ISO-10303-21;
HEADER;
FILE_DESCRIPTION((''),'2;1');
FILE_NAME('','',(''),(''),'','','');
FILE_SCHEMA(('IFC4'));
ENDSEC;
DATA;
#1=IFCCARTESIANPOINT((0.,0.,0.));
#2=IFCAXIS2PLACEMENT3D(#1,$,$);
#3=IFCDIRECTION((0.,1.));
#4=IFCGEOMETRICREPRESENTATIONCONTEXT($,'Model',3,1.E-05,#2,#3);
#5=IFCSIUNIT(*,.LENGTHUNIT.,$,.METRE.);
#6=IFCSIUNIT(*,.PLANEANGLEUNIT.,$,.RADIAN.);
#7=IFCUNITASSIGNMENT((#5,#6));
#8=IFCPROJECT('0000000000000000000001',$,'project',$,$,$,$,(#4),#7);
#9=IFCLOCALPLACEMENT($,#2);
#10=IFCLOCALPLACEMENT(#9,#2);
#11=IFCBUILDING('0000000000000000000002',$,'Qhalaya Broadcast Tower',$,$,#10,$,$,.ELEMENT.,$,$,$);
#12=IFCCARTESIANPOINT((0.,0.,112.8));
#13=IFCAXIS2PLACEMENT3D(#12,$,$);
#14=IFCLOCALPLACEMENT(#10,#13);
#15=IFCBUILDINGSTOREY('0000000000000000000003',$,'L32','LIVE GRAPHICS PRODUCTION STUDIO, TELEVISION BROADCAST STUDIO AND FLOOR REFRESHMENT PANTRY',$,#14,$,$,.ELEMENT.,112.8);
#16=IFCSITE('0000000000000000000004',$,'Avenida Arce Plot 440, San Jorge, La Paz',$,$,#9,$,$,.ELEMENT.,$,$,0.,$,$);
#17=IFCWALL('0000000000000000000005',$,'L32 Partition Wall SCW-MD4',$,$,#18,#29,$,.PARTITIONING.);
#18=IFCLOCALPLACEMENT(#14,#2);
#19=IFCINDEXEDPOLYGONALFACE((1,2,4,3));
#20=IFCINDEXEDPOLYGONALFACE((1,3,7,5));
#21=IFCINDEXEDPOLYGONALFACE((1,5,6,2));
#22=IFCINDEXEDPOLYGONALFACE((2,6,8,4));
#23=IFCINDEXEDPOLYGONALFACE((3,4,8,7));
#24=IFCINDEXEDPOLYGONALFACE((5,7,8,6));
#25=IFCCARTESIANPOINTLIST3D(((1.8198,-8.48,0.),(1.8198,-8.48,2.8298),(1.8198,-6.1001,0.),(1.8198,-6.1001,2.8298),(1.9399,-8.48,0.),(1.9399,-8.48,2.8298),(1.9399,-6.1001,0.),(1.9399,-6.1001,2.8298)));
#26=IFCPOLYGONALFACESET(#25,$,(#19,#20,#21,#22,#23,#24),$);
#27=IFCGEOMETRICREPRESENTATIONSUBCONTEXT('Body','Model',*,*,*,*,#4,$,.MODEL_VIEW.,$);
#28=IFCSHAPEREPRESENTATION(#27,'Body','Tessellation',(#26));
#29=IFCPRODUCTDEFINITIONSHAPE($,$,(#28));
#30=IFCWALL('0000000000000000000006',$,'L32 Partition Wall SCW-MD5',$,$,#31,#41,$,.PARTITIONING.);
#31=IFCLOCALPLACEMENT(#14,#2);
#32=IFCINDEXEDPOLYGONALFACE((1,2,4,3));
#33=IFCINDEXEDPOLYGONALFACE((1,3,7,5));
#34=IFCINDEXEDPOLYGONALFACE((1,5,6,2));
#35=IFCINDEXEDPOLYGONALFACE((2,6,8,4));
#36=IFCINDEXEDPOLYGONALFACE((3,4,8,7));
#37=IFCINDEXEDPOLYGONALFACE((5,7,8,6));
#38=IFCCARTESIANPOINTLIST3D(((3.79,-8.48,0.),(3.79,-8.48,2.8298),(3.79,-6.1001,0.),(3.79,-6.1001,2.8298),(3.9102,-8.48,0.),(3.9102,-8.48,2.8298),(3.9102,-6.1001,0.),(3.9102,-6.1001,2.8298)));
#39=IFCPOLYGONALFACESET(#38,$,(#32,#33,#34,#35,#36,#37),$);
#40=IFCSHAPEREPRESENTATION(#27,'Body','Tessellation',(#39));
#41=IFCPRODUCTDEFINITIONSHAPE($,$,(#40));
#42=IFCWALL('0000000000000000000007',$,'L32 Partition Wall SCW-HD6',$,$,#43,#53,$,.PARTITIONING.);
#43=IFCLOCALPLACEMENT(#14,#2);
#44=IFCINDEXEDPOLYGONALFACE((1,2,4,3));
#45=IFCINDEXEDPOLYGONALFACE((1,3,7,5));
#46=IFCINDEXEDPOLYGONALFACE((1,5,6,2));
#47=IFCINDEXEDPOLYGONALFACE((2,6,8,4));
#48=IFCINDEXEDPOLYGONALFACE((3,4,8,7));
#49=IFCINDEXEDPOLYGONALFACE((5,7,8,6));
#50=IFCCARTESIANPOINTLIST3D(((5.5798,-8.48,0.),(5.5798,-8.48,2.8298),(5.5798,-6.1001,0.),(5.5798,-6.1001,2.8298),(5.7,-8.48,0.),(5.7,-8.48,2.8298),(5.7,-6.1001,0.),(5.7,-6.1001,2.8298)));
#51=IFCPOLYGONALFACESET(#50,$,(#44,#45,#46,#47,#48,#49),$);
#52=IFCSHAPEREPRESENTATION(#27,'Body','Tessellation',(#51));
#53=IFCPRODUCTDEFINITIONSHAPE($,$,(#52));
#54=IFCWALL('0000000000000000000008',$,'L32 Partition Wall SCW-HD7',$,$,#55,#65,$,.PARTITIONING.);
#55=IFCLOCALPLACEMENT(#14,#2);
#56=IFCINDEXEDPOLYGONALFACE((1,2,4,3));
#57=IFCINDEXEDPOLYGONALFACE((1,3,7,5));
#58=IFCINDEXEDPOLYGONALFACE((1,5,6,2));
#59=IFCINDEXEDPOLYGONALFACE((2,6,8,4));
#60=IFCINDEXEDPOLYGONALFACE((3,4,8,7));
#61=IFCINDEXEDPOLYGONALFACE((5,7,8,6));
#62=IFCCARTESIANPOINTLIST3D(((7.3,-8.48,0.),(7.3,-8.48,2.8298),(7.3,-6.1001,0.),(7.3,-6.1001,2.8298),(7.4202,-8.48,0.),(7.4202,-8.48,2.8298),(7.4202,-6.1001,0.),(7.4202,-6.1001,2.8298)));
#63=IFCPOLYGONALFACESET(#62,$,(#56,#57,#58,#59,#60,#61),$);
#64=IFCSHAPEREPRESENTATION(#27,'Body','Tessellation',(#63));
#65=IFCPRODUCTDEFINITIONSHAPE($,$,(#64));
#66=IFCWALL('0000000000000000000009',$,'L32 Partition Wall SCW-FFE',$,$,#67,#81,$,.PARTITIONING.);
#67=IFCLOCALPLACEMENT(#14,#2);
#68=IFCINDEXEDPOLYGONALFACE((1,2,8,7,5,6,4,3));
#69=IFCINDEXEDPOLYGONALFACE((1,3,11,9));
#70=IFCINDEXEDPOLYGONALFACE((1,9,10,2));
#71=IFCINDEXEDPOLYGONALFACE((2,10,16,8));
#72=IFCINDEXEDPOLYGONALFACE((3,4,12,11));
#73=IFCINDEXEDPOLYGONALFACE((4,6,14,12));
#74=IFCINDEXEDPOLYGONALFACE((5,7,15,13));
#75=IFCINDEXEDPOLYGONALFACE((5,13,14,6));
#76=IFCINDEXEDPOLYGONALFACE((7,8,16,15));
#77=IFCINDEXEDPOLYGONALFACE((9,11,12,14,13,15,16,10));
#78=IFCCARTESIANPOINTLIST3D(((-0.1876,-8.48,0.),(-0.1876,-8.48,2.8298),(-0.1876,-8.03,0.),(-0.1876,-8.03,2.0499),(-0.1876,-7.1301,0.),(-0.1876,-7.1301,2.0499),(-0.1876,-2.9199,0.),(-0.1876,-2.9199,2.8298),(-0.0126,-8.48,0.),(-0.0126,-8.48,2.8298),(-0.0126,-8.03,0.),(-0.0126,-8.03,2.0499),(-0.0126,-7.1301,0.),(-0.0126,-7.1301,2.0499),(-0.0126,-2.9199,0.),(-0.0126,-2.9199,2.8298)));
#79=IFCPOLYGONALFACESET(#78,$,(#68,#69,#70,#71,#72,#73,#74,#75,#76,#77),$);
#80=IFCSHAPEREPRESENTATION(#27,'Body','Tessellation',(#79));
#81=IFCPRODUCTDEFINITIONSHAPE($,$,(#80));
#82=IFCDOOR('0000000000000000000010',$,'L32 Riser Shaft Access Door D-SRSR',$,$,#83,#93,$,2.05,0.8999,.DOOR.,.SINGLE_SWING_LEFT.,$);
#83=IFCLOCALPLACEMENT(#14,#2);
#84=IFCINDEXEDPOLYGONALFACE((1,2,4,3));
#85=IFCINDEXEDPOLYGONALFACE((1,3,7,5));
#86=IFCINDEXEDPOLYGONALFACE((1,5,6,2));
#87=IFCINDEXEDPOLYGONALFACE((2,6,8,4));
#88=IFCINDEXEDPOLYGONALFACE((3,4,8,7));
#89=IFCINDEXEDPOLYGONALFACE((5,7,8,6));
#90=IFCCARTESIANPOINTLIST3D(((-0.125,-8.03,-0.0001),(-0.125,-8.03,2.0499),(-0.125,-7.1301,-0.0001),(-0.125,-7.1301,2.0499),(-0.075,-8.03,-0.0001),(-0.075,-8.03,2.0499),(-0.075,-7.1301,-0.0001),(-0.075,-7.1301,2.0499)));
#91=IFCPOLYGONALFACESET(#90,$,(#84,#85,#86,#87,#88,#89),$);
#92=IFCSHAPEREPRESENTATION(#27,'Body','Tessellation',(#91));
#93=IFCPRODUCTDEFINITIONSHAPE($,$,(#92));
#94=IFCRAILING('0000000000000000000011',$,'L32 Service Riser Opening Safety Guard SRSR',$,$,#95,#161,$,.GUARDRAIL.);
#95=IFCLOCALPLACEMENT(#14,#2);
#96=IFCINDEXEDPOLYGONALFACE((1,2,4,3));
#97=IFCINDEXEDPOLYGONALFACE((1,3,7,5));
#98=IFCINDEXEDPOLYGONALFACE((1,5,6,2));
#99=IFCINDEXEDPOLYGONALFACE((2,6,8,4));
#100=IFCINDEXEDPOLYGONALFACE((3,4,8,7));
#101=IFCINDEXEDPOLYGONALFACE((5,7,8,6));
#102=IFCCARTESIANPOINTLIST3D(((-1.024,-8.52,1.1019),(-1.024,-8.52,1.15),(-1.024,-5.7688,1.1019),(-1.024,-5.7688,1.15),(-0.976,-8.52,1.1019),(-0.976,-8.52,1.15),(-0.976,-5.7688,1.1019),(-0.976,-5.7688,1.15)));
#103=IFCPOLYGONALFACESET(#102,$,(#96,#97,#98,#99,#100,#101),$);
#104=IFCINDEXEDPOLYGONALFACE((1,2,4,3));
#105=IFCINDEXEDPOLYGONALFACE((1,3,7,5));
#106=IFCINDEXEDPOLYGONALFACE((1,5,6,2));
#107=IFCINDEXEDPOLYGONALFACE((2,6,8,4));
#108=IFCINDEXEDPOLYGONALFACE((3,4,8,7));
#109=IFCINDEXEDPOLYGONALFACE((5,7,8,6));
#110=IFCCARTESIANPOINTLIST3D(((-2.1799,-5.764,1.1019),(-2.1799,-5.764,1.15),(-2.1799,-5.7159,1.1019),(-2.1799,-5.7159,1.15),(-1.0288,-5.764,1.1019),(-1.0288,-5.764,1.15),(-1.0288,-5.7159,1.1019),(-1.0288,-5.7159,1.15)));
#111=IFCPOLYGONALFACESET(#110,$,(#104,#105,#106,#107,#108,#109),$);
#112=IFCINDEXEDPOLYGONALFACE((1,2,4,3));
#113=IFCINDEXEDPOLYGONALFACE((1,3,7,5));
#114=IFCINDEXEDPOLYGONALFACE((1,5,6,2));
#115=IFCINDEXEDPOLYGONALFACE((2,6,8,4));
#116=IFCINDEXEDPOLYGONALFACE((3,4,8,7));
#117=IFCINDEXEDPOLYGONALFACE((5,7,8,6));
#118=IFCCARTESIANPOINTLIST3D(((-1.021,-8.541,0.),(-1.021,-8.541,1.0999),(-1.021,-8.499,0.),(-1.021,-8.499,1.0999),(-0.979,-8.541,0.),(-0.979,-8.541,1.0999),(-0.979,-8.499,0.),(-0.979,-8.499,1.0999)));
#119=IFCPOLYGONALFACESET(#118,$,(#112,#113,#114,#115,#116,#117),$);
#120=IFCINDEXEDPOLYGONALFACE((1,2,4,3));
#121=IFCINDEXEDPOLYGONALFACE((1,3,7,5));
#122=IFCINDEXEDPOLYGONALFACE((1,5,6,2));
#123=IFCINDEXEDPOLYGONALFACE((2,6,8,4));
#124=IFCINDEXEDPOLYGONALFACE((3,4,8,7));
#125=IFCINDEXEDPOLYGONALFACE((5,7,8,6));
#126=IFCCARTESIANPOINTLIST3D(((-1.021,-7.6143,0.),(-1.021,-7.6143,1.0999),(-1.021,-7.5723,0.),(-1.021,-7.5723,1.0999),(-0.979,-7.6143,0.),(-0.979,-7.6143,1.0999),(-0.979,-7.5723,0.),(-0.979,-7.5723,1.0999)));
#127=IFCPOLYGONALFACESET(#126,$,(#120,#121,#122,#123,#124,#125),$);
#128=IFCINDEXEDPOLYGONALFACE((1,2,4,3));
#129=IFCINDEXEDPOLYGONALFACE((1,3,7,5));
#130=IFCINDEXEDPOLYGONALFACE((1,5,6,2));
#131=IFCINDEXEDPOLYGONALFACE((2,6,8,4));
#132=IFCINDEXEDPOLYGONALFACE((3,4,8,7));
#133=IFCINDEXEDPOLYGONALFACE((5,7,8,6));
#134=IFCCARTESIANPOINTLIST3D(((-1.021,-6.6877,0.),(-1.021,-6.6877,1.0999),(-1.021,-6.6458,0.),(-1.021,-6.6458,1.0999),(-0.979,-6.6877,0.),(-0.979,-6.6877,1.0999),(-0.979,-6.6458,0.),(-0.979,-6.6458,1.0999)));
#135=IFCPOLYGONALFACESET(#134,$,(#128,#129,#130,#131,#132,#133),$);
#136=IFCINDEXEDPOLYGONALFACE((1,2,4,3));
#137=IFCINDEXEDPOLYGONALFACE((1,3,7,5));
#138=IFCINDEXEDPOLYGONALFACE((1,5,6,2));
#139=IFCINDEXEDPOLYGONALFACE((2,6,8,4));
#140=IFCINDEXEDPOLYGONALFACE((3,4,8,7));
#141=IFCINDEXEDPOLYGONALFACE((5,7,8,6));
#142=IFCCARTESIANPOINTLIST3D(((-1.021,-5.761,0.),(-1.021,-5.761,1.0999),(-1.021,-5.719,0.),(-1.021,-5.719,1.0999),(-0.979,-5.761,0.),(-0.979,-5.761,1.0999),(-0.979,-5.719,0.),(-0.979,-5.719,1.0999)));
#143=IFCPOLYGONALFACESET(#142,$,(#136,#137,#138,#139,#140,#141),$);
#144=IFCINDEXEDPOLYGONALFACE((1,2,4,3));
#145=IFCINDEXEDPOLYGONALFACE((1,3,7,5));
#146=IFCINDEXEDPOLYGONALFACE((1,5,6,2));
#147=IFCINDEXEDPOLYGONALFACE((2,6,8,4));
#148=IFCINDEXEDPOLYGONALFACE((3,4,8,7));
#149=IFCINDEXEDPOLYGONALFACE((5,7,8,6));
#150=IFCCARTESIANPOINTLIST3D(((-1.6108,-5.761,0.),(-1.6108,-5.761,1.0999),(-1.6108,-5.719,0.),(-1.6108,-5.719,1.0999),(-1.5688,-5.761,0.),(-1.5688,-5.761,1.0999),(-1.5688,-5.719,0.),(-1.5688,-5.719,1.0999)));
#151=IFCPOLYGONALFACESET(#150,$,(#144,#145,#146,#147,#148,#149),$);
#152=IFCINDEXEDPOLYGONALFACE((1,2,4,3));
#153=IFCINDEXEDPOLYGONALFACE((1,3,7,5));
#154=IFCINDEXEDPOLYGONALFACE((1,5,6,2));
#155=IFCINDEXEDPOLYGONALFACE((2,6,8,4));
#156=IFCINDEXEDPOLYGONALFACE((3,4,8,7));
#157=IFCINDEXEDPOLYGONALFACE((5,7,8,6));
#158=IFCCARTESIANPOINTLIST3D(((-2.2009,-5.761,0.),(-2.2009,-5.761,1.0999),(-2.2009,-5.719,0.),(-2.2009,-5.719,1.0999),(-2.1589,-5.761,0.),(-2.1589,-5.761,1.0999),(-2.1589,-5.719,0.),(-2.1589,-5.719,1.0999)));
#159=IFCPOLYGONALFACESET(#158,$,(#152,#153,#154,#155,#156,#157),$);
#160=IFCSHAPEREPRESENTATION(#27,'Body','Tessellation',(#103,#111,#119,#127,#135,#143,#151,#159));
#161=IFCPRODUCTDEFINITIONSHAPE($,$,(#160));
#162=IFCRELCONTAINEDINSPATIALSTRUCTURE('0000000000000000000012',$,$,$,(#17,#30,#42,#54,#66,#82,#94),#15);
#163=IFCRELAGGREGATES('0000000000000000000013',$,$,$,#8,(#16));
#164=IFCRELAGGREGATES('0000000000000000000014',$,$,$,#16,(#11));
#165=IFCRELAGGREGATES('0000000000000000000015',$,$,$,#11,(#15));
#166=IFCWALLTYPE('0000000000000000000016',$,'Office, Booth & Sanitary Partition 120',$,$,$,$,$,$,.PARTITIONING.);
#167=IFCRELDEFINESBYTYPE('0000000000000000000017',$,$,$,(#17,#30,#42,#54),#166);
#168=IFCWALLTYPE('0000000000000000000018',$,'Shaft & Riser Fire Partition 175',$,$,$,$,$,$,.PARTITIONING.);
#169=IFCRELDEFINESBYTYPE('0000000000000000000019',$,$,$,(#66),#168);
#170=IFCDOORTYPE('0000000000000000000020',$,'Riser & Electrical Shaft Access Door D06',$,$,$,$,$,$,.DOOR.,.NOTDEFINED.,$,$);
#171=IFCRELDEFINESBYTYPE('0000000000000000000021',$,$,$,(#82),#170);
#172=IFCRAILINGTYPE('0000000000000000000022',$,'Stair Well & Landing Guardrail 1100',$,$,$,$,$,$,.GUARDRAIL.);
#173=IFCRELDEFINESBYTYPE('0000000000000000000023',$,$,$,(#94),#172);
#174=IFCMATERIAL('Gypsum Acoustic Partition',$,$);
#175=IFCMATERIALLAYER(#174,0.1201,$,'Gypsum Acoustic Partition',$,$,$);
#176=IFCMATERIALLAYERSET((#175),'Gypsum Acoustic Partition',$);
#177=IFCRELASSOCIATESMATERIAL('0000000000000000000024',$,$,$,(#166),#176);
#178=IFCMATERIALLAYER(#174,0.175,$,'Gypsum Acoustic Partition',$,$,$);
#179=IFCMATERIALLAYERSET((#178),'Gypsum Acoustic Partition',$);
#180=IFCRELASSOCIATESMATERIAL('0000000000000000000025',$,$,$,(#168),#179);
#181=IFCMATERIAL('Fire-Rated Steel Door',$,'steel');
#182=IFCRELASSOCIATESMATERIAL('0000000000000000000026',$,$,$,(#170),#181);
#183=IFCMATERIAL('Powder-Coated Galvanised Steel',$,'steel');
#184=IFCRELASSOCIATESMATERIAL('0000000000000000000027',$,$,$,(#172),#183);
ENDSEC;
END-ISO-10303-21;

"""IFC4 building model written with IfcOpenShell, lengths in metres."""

from ifc_helpers import new_model, si_unit, direction, frame, frame_2d, origin, origin_2d, place, context, subcontext, project, spatial, rectangle, extrude, material, layer, layer_set, type_object, element, fill, save


model = new_model("IFC4")

# Units and contexts
model_context = context("Model", 3, precision=1e-05, world=origin(), true_north=direction((0.0, 1.0)))
body_context = subcontext(model_context, "Body", "Model", "MODEL_VIEW")
ifc_project = project(units=[si_unit("LENGTHUNIT", "METRE"), si_unit("PLANEANGLEUNIT", "RADIAN")], contexts=[model_context])

# Site, building, storey
site_placement = place(None, origin())
site = spatial("IfcSite", under=ifc_project, at=site_placement, Name="Avenida Arce Plot 440, San Jorge, La Paz", CompositionType="ELEMENT", RefElevation=0.0)
building_placement = place(site_placement, origin())
building = spatial("IfcBuilding", under=site, at=building_placement, Name="Qhalaya Broadcast Tower", CompositionType="ELEMENT")
storey_placement = place(building_placement, frame((0.0, 0.0, 112.8)))
storey = spatial("IfcBuildingStorey", under=building, at=storey_placement, Name="L32", Description="LIVE GRAPHICS PRODUCTION STUDIO, TELEVISION BROADCAST STUDIO AND FLOOR REFRESHMENT PANTRY", CompositionType="ELEMENT", Elevation=112.8)

# Walls
ifc_material_1 = material(Name="Gypsum Acoustic Partition")
ifc_layer_1 = layer(ifc_material_1, 0.1201, Name="Gypsum Acoustic Partition")
ifc_layer_set_1 = layer_set([ifc_layer_1], Name="Gypsum Acoustic Partition")
wall_type_1 = type_object("IfcWallType", Name="Office, Booth & Sanitary Partition 120", PredefinedType="PARTITIONING", material=ifc_layer_set_1)
for number, where, z_axis, x_axis, name in (
    (1, (1.8799, -8.48, 0.0), (0.0, 0.0, 1.0), (0.0, 1.0, 0.0), "L32 Partition Wall SCW-MD4"),
    (2, (3.8501, -8.48, 0.0), (0.0, 0.0, 1.0), (0.0, 1.0, 0.0), "L32 Partition Wall SCW-MD5"),
    (3, (5.6399, -8.48, 0.0), (0.0, 0.0, 1.0), (0.0, 1.0, 0.0), "L32 Partition Wall SCW-HD6"),
    (4, (7.3601, -8.48, 0.0), (0.0, 0.0, 1.0), (0.0, 1.0, 0.0), "L32 Partition Wall SCW-HD7"),
):
    element("IfcWall", number, at=place(storey_placement, frame(where, z_axis=z_axis, x_axis=x_axis)), inside=storey, type_object=wall_type_1, Name=name, PredefinedType="PARTITIONING", context=body_context, shape_type="SweptSolid", body=[
        extrude(rectangle(XDim=2.3799, YDim=0.1201, at=frame_2d((1.1899, 0.0))), origin(), (0.0, 0.0, 1.0), 2.8298),
    ])

# Wall, opening, door
ifc_layer_2 = layer(ifc_material_1, 0.175, Name="Gypsum Acoustic Partition")
ifc_layer_set_2 = layer_set([ifc_layer_2], Name="Gypsum Acoustic Partition")
wall_type_2 = type_object("IfcWallType", Name="Shaft & Riser Fire Partition 175", PredefinedType="PARTITIONING", material=ifc_layer_set_2)
wall_1_placement = place(storey_placement, frame((-0.1001, -8.48, 0.0), z_axis=(0.0, 0.0, 1.0), x_axis=(0.0, 1.0, 0.0)))
wall_1 = element("IfcWall", 5, at=wall_1_placement, inside=storey, type_object=wall_type_2, Name="L32 Partition Wall SCW-FFE", PredefinedType="PARTITIONING", context=body_context, shape_type="SweptSolid", body=[
    extrude(rectangle(XDim=5.5601, YDim=0.175, at=frame_2d((2.78, 0.0))), origin(), (0.0, 0.0, 1.0), 2.8298),
])
opening_placement = place(wall_1_placement, frame((0.45, 0.0, 0.0)))
opening = element("IfcOpeningElement", 6, at=opening_placement, cuts=wall_1, PredefinedType="OPENING", context=body_context, shape_type="SweptSolid", body=[
    extrude(rectangle(XDim=0.8999, YDim=2.05, at=frame_2d((0.45, 1.0249))), frame((0.0, 0.0996, 0.0), z_axis=(0.0, -1.0, 0.0), x_axis=(1.0, 0.0, 0.0)), (0.0, 0.0, 1.0), 0.199),
])
ifc_material_2 = material(Name="Fire-Rated Steel Door", Category="steel")
door_type = type_object("IfcDoorType", Name="Riser & Electrical Shaft Access Door D06", OperationType="NOTDEFINED", PredefinedType="DOOR", material=ifc_material_2)
door_placement = place(opening_placement, origin())
door = element("IfcDoor", 7, at=door_placement, inside=storey, type_object=door_type, Name="L32 Riser Shaft Access Door D-SRSR", OperationType="SINGLE_SWING_LEFT", OverallHeight=2.05, OverallWidth=0.8999, PredefinedType="DOOR", context=body_context, shape_type="SweptSolid", body=[
    extrude(rectangle(XDim=0.8999, YDim=2.05, at=frame_2d((0.45, 1.0249))), frame((0.0, 0.0249, 0.0), z_axis=(0.0, -1.0, 0.0), x_axis=(1.0, 0.0, 0.0)), (0.0, 0.0, 1.0), 0.05),
])
fill(opening, door)

# Railing
ifc_material_3 = material(Name="Powder-Coated Galvanised Steel", Category="steel")
railing_type = type_object("IfcRailingType", Name="Stair Well & Landing Guardrail 1100", PredefinedType="GUARDRAIL", material=ifc_material_3)
railing_placement = place(storey_placement, frame((-1.0, -8.52, 0.0)))
element("IfcRailing", 8, at=railing_placement, inside=storey, type_object=railing_type, Name="L32 Service Riser Opening Safety Guard SRSR", PredefinedType="GUARDRAIL", context=body_context, shape_type="SweptSolid", body=[
    extrude(rectangle(XDim=0.0481, YDim=0.0481, at=origin_2d()), frame((0.0, 0.0, 1.126), z_axis=(0.0, 1.0, 0.0), x_axis=(-1.0, 0.0, 0.0)), (0.0, 0.0, 1.0), 2.7512),
    extrude(rectangle(XDim=0.0481, YDim=0.0481, at=origin_2d()), frame((-0.0288, 2.78, 1.126), z_axis=(-1.0, 0.0, 0.0), x_axis=(0.0, -1.0, 0.0)), (0.0, 0.0, 1.0), 1.1511),
    extrude(rectangle(XDim=0.042, YDim=0.042, at=origin_2d()), origin(), (0.0, 0.0, 1.0), 1.0999),
    extrude(rectangle(XDim=0.042, YDim=0.042, at=origin_2d()), frame((0.0, 0.9268, 0.0)), (0.0, 0.0, 1.0), 1.0999),
    extrude(rectangle(XDim=0.042, YDim=0.042, at=origin_2d()), frame((0.0, 1.8533, 0.0)), (0.0, 0.0, 1.0), 1.0999),
    extrude(rectangle(XDim=0.042, YDim=0.042, at=origin_2d()), frame((0.0, 2.78, 0.0)), (0.0, 0.0, 1.0), 1.0999),
    extrude(rectangle(XDim=0.042, YDim=0.042, at=origin_2d()), frame((-0.5898, 2.78, 0.0)), (0.0, 0.0, 1.0), 1.0999),
    extrude(rectangle(XDim=0.042, YDim=0.042, at=origin_2d()), frame((-1.1799, 2.78, 0.0)), (0.0, 0.0, 1.0), 1.0999),
])

save(model, "model.ifc")
